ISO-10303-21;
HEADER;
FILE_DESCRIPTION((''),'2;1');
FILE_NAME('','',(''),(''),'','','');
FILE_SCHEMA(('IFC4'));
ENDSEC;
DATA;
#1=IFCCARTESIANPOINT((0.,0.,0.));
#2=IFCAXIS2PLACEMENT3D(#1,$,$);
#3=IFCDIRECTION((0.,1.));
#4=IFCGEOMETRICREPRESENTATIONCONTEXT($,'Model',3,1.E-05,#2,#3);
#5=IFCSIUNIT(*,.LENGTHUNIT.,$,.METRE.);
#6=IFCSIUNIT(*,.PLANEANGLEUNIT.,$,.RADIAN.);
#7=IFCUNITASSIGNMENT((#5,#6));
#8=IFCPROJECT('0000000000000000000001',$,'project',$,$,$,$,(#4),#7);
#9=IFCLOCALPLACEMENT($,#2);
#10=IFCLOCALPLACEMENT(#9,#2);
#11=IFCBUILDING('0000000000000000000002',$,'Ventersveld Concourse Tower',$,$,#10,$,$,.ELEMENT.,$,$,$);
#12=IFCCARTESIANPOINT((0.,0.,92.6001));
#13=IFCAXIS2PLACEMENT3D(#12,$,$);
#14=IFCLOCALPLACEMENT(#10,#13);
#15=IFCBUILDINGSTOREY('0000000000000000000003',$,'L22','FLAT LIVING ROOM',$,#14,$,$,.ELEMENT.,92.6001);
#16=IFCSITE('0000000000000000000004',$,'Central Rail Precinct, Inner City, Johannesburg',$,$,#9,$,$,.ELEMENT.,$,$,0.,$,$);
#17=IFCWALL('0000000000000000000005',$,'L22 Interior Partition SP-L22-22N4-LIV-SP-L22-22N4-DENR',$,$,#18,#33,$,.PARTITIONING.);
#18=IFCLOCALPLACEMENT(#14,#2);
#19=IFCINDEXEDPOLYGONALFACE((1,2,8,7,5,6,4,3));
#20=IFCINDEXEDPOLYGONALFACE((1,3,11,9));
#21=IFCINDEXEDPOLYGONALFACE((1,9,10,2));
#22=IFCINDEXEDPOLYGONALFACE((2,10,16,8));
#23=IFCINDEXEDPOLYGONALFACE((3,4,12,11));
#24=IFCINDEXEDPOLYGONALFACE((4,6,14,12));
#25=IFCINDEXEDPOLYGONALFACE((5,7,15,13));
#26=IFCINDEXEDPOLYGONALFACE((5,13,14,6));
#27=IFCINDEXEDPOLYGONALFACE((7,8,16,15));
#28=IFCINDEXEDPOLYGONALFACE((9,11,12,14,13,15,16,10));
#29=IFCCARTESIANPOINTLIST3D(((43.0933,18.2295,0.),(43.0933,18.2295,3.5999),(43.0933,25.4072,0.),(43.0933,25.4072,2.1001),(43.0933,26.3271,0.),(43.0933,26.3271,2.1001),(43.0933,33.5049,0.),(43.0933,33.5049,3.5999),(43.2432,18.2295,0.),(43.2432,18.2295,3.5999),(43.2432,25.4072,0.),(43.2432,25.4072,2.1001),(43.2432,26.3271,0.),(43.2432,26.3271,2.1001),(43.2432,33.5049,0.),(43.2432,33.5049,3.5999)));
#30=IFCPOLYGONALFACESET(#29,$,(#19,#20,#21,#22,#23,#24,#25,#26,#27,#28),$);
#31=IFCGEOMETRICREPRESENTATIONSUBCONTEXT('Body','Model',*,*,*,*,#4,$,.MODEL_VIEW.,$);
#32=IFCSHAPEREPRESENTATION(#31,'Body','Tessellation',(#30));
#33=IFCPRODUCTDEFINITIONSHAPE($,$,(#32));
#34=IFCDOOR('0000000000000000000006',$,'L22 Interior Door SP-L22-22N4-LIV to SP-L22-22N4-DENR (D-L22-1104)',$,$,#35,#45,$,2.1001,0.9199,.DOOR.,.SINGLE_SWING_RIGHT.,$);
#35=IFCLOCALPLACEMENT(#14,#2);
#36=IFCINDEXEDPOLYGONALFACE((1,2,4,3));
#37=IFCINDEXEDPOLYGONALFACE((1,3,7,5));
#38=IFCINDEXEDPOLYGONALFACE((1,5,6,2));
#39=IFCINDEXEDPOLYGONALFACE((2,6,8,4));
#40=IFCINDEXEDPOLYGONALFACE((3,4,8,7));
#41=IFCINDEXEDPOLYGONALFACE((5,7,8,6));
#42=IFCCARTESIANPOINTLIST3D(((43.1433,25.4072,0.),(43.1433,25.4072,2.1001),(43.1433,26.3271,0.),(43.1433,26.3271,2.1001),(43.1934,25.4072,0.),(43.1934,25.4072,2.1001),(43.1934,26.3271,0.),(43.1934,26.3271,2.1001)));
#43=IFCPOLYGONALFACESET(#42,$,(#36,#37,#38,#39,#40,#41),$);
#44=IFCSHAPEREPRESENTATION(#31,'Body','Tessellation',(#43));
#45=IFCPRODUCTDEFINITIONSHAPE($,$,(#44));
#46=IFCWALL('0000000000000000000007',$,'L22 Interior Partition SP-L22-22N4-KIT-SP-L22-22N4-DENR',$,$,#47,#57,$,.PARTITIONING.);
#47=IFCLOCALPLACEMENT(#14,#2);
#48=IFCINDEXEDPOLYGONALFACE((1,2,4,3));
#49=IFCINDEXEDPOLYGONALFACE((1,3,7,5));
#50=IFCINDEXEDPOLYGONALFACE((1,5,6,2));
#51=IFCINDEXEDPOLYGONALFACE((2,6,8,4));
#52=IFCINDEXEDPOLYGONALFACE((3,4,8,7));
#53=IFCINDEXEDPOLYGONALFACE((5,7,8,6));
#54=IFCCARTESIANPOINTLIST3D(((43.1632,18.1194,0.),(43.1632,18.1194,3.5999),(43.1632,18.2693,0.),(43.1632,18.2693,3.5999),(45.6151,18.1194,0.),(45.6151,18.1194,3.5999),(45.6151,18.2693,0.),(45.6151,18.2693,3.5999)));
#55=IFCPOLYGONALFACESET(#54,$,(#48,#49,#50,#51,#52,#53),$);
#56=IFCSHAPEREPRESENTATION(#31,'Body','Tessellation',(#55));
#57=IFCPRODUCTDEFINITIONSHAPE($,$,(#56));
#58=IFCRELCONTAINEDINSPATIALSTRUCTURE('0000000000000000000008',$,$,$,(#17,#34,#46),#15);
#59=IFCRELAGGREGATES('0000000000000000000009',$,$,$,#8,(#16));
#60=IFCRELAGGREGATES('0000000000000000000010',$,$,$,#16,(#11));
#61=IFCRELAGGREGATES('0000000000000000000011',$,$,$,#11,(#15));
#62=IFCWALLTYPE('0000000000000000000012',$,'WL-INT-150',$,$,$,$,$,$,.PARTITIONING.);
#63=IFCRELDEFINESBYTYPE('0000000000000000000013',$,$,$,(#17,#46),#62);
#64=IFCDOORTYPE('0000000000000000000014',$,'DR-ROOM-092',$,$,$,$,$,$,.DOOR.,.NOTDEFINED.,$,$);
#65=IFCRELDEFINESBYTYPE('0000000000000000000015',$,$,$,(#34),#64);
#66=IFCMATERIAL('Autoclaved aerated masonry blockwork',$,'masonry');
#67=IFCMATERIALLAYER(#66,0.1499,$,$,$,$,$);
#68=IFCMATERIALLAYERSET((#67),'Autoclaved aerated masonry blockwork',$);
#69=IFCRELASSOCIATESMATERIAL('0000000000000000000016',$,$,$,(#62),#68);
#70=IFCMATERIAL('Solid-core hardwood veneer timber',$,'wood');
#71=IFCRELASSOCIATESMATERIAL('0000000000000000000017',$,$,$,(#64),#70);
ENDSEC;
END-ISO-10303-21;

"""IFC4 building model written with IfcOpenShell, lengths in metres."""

from ifc_helpers import new_model, si_unit, direction, frame, frame_2d, origin, place, context, subcontext, project, spatial, rectangle, extrude, material, layer, layer_set, type_object, element, fill, save


model = new_model("IFC4")

# Units and contexts
model_context = context("Model", 3, precision=1e-05, world=origin(), true_north=direction((0.0, 1.0)))
body_context = subcontext(model_context, "Body", "Model", "MODEL_VIEW")
ifc_project = project(units=[si_unit("LENGTHUNIT", "METRE"), si_unit("PLANEANGLEUNIT", "RADIAN")], contexts=[model_context])

# Site, building, storey
site_placement = place(None, origin())
site = spatial("IfcSite", under=ifc_project, at=site_placement, Name="Central Rail Precinct, Inner City, Johannesburg", CompositionType="ELEMENT", RefElevation=0.0)
building_placement = place(site_placement, origin())
building = spatial("IfcBuilding", under=site, at=building_placement, Name="Ventersveld Concourse Tower", CompositionType="ELEMENT")
storey_placement = place(building_placement, frame((0.0, 0.0, 92.6001)))
storey = spatial("IfcBuildingStorey", under=building, at=storey_placement, Name="L22", Description="FLAT LIVING ROOM", CompositionType="ELEMENT", Elevation=92.6001)

# Shared definitions
ifc_material_1 = material(Name="Solid-core hardwood veneer timber", Category="wood")

# Shared definitions
ifc_material_2 = material(Name="Autoclaved aerated masonry blockwork", Category="masonry")
ifc_layer_1 = layer(ifc_material_2, 0.1499)
ifc_layer_set_1 = layer_set([ifc_layer_1], Name="Autoclaved aerated masonry blockwork")
wall_type_1 = type_object("IfcWallType", Name="WL-INT-150", PredefinedType="PARTITIONING", material=ifc_layer_set_1)
door_type_1 = type_object("IfcDoorType", Name="DR-ROOM-092", OperationType="NOTDEFINED", PredefinedType="DOOR", material=ifc_material_1)

# Wall, opening, door
wall_1_placement = place(storey_placement, frame((43.1682, 18.2295, 0.0), z_axis=(0.0, 0.0, 1.0), x_axis=(0.0, 1.0, 0.0)))
wall_1 = element("IfcWall", 1, at=wall_1_placement, inside=storey, type_object=wall_type_1, Name="L22 Interior Partition SP-L22-22N4-LIV-SP-L22-22N4-DENR", PredefinedType="PARTITIONING", context=body_context, shape_type="SweptSolid", body=[
    extrude(rectangle(XDim=15.2754, YDim=0.1499, at=frame_2d((7.6377, 0.0))), origin(), (0.0, 0.0, 1.0), 3.5999),
])
opening_1_placement = place(wall_1_placement, frame((7.1777, 0.0, 0.0)))
opening_1 = element("IfcOpeningElement", 2, at=opening_1_placement, cuts=wall_1, PredefinedType="OPENING", context=body_context, shape_type="SweptSolid", body=[
    extrude(rectangle(XDim=0.9199, YDim=2.1001, at=frame_2d((0.46, 1.05))), frame((0.0, 0.085, 0.0), z_axis=(0.0, -1.0, 0.0), x_axis=(1.0, 0.0, 0.0)), (0.0, 0.0, 1.0), 0.1699),
])
door_1_placement = place(opening_1_placement, origin())
door_1 = element("IfcDoor", 3, at=door_1_placement, inside=storey, type_object=door_type_1, Name="L22 Interior Door SP-L22-22N4-LIV to SP-L22-22N4-DENR (D-L22-1104)", OperationType="SINGLE_SWING_RIGHT", OverallHeight=2.1001, OverallWidth=0.9199, PredefinedType="DOOR", context=body_context, shape_type="SweptSolid", body=[
    extrude(rectangle(XDim=0.9199, YDim=2.1001, at=frame_2d((0.46, 1.05))), frame((0.0, 0.0249, 0.0), z_axis=(0.0, -1.0, 0.0), x_axis=(1.0, 0.0, 0.0)), (0.0, 0.0, 1.0), 0.05),
])
fill(opening_1, door_1)

# Wall
wall_2_placement = place(storey_placement, frame((43.1631, 18.1943, 0.0), z_axis=(0.0, 0.0, 1.0), x_axis=(1.0, 0.0, 0.0)))
element("IfcWall", 4, at=wall_2_placement, inside=storey, type_object=wall_type_1, Name="L22 Interior Partition SP-L22-22N4-KIT-SP-L22-22N4-DENR", PredefinedType="PARTITIONING", context=body_context, shape_type="SweptSolid", body=[
    extrude(rectangle(XDim=2.4519, YDim=0.1499, at=frame_2d((1.2261, 0.0))), origin(), (0.0, 0.0, 1.0), 3.5999),
])

save(model, "model.ifc")
